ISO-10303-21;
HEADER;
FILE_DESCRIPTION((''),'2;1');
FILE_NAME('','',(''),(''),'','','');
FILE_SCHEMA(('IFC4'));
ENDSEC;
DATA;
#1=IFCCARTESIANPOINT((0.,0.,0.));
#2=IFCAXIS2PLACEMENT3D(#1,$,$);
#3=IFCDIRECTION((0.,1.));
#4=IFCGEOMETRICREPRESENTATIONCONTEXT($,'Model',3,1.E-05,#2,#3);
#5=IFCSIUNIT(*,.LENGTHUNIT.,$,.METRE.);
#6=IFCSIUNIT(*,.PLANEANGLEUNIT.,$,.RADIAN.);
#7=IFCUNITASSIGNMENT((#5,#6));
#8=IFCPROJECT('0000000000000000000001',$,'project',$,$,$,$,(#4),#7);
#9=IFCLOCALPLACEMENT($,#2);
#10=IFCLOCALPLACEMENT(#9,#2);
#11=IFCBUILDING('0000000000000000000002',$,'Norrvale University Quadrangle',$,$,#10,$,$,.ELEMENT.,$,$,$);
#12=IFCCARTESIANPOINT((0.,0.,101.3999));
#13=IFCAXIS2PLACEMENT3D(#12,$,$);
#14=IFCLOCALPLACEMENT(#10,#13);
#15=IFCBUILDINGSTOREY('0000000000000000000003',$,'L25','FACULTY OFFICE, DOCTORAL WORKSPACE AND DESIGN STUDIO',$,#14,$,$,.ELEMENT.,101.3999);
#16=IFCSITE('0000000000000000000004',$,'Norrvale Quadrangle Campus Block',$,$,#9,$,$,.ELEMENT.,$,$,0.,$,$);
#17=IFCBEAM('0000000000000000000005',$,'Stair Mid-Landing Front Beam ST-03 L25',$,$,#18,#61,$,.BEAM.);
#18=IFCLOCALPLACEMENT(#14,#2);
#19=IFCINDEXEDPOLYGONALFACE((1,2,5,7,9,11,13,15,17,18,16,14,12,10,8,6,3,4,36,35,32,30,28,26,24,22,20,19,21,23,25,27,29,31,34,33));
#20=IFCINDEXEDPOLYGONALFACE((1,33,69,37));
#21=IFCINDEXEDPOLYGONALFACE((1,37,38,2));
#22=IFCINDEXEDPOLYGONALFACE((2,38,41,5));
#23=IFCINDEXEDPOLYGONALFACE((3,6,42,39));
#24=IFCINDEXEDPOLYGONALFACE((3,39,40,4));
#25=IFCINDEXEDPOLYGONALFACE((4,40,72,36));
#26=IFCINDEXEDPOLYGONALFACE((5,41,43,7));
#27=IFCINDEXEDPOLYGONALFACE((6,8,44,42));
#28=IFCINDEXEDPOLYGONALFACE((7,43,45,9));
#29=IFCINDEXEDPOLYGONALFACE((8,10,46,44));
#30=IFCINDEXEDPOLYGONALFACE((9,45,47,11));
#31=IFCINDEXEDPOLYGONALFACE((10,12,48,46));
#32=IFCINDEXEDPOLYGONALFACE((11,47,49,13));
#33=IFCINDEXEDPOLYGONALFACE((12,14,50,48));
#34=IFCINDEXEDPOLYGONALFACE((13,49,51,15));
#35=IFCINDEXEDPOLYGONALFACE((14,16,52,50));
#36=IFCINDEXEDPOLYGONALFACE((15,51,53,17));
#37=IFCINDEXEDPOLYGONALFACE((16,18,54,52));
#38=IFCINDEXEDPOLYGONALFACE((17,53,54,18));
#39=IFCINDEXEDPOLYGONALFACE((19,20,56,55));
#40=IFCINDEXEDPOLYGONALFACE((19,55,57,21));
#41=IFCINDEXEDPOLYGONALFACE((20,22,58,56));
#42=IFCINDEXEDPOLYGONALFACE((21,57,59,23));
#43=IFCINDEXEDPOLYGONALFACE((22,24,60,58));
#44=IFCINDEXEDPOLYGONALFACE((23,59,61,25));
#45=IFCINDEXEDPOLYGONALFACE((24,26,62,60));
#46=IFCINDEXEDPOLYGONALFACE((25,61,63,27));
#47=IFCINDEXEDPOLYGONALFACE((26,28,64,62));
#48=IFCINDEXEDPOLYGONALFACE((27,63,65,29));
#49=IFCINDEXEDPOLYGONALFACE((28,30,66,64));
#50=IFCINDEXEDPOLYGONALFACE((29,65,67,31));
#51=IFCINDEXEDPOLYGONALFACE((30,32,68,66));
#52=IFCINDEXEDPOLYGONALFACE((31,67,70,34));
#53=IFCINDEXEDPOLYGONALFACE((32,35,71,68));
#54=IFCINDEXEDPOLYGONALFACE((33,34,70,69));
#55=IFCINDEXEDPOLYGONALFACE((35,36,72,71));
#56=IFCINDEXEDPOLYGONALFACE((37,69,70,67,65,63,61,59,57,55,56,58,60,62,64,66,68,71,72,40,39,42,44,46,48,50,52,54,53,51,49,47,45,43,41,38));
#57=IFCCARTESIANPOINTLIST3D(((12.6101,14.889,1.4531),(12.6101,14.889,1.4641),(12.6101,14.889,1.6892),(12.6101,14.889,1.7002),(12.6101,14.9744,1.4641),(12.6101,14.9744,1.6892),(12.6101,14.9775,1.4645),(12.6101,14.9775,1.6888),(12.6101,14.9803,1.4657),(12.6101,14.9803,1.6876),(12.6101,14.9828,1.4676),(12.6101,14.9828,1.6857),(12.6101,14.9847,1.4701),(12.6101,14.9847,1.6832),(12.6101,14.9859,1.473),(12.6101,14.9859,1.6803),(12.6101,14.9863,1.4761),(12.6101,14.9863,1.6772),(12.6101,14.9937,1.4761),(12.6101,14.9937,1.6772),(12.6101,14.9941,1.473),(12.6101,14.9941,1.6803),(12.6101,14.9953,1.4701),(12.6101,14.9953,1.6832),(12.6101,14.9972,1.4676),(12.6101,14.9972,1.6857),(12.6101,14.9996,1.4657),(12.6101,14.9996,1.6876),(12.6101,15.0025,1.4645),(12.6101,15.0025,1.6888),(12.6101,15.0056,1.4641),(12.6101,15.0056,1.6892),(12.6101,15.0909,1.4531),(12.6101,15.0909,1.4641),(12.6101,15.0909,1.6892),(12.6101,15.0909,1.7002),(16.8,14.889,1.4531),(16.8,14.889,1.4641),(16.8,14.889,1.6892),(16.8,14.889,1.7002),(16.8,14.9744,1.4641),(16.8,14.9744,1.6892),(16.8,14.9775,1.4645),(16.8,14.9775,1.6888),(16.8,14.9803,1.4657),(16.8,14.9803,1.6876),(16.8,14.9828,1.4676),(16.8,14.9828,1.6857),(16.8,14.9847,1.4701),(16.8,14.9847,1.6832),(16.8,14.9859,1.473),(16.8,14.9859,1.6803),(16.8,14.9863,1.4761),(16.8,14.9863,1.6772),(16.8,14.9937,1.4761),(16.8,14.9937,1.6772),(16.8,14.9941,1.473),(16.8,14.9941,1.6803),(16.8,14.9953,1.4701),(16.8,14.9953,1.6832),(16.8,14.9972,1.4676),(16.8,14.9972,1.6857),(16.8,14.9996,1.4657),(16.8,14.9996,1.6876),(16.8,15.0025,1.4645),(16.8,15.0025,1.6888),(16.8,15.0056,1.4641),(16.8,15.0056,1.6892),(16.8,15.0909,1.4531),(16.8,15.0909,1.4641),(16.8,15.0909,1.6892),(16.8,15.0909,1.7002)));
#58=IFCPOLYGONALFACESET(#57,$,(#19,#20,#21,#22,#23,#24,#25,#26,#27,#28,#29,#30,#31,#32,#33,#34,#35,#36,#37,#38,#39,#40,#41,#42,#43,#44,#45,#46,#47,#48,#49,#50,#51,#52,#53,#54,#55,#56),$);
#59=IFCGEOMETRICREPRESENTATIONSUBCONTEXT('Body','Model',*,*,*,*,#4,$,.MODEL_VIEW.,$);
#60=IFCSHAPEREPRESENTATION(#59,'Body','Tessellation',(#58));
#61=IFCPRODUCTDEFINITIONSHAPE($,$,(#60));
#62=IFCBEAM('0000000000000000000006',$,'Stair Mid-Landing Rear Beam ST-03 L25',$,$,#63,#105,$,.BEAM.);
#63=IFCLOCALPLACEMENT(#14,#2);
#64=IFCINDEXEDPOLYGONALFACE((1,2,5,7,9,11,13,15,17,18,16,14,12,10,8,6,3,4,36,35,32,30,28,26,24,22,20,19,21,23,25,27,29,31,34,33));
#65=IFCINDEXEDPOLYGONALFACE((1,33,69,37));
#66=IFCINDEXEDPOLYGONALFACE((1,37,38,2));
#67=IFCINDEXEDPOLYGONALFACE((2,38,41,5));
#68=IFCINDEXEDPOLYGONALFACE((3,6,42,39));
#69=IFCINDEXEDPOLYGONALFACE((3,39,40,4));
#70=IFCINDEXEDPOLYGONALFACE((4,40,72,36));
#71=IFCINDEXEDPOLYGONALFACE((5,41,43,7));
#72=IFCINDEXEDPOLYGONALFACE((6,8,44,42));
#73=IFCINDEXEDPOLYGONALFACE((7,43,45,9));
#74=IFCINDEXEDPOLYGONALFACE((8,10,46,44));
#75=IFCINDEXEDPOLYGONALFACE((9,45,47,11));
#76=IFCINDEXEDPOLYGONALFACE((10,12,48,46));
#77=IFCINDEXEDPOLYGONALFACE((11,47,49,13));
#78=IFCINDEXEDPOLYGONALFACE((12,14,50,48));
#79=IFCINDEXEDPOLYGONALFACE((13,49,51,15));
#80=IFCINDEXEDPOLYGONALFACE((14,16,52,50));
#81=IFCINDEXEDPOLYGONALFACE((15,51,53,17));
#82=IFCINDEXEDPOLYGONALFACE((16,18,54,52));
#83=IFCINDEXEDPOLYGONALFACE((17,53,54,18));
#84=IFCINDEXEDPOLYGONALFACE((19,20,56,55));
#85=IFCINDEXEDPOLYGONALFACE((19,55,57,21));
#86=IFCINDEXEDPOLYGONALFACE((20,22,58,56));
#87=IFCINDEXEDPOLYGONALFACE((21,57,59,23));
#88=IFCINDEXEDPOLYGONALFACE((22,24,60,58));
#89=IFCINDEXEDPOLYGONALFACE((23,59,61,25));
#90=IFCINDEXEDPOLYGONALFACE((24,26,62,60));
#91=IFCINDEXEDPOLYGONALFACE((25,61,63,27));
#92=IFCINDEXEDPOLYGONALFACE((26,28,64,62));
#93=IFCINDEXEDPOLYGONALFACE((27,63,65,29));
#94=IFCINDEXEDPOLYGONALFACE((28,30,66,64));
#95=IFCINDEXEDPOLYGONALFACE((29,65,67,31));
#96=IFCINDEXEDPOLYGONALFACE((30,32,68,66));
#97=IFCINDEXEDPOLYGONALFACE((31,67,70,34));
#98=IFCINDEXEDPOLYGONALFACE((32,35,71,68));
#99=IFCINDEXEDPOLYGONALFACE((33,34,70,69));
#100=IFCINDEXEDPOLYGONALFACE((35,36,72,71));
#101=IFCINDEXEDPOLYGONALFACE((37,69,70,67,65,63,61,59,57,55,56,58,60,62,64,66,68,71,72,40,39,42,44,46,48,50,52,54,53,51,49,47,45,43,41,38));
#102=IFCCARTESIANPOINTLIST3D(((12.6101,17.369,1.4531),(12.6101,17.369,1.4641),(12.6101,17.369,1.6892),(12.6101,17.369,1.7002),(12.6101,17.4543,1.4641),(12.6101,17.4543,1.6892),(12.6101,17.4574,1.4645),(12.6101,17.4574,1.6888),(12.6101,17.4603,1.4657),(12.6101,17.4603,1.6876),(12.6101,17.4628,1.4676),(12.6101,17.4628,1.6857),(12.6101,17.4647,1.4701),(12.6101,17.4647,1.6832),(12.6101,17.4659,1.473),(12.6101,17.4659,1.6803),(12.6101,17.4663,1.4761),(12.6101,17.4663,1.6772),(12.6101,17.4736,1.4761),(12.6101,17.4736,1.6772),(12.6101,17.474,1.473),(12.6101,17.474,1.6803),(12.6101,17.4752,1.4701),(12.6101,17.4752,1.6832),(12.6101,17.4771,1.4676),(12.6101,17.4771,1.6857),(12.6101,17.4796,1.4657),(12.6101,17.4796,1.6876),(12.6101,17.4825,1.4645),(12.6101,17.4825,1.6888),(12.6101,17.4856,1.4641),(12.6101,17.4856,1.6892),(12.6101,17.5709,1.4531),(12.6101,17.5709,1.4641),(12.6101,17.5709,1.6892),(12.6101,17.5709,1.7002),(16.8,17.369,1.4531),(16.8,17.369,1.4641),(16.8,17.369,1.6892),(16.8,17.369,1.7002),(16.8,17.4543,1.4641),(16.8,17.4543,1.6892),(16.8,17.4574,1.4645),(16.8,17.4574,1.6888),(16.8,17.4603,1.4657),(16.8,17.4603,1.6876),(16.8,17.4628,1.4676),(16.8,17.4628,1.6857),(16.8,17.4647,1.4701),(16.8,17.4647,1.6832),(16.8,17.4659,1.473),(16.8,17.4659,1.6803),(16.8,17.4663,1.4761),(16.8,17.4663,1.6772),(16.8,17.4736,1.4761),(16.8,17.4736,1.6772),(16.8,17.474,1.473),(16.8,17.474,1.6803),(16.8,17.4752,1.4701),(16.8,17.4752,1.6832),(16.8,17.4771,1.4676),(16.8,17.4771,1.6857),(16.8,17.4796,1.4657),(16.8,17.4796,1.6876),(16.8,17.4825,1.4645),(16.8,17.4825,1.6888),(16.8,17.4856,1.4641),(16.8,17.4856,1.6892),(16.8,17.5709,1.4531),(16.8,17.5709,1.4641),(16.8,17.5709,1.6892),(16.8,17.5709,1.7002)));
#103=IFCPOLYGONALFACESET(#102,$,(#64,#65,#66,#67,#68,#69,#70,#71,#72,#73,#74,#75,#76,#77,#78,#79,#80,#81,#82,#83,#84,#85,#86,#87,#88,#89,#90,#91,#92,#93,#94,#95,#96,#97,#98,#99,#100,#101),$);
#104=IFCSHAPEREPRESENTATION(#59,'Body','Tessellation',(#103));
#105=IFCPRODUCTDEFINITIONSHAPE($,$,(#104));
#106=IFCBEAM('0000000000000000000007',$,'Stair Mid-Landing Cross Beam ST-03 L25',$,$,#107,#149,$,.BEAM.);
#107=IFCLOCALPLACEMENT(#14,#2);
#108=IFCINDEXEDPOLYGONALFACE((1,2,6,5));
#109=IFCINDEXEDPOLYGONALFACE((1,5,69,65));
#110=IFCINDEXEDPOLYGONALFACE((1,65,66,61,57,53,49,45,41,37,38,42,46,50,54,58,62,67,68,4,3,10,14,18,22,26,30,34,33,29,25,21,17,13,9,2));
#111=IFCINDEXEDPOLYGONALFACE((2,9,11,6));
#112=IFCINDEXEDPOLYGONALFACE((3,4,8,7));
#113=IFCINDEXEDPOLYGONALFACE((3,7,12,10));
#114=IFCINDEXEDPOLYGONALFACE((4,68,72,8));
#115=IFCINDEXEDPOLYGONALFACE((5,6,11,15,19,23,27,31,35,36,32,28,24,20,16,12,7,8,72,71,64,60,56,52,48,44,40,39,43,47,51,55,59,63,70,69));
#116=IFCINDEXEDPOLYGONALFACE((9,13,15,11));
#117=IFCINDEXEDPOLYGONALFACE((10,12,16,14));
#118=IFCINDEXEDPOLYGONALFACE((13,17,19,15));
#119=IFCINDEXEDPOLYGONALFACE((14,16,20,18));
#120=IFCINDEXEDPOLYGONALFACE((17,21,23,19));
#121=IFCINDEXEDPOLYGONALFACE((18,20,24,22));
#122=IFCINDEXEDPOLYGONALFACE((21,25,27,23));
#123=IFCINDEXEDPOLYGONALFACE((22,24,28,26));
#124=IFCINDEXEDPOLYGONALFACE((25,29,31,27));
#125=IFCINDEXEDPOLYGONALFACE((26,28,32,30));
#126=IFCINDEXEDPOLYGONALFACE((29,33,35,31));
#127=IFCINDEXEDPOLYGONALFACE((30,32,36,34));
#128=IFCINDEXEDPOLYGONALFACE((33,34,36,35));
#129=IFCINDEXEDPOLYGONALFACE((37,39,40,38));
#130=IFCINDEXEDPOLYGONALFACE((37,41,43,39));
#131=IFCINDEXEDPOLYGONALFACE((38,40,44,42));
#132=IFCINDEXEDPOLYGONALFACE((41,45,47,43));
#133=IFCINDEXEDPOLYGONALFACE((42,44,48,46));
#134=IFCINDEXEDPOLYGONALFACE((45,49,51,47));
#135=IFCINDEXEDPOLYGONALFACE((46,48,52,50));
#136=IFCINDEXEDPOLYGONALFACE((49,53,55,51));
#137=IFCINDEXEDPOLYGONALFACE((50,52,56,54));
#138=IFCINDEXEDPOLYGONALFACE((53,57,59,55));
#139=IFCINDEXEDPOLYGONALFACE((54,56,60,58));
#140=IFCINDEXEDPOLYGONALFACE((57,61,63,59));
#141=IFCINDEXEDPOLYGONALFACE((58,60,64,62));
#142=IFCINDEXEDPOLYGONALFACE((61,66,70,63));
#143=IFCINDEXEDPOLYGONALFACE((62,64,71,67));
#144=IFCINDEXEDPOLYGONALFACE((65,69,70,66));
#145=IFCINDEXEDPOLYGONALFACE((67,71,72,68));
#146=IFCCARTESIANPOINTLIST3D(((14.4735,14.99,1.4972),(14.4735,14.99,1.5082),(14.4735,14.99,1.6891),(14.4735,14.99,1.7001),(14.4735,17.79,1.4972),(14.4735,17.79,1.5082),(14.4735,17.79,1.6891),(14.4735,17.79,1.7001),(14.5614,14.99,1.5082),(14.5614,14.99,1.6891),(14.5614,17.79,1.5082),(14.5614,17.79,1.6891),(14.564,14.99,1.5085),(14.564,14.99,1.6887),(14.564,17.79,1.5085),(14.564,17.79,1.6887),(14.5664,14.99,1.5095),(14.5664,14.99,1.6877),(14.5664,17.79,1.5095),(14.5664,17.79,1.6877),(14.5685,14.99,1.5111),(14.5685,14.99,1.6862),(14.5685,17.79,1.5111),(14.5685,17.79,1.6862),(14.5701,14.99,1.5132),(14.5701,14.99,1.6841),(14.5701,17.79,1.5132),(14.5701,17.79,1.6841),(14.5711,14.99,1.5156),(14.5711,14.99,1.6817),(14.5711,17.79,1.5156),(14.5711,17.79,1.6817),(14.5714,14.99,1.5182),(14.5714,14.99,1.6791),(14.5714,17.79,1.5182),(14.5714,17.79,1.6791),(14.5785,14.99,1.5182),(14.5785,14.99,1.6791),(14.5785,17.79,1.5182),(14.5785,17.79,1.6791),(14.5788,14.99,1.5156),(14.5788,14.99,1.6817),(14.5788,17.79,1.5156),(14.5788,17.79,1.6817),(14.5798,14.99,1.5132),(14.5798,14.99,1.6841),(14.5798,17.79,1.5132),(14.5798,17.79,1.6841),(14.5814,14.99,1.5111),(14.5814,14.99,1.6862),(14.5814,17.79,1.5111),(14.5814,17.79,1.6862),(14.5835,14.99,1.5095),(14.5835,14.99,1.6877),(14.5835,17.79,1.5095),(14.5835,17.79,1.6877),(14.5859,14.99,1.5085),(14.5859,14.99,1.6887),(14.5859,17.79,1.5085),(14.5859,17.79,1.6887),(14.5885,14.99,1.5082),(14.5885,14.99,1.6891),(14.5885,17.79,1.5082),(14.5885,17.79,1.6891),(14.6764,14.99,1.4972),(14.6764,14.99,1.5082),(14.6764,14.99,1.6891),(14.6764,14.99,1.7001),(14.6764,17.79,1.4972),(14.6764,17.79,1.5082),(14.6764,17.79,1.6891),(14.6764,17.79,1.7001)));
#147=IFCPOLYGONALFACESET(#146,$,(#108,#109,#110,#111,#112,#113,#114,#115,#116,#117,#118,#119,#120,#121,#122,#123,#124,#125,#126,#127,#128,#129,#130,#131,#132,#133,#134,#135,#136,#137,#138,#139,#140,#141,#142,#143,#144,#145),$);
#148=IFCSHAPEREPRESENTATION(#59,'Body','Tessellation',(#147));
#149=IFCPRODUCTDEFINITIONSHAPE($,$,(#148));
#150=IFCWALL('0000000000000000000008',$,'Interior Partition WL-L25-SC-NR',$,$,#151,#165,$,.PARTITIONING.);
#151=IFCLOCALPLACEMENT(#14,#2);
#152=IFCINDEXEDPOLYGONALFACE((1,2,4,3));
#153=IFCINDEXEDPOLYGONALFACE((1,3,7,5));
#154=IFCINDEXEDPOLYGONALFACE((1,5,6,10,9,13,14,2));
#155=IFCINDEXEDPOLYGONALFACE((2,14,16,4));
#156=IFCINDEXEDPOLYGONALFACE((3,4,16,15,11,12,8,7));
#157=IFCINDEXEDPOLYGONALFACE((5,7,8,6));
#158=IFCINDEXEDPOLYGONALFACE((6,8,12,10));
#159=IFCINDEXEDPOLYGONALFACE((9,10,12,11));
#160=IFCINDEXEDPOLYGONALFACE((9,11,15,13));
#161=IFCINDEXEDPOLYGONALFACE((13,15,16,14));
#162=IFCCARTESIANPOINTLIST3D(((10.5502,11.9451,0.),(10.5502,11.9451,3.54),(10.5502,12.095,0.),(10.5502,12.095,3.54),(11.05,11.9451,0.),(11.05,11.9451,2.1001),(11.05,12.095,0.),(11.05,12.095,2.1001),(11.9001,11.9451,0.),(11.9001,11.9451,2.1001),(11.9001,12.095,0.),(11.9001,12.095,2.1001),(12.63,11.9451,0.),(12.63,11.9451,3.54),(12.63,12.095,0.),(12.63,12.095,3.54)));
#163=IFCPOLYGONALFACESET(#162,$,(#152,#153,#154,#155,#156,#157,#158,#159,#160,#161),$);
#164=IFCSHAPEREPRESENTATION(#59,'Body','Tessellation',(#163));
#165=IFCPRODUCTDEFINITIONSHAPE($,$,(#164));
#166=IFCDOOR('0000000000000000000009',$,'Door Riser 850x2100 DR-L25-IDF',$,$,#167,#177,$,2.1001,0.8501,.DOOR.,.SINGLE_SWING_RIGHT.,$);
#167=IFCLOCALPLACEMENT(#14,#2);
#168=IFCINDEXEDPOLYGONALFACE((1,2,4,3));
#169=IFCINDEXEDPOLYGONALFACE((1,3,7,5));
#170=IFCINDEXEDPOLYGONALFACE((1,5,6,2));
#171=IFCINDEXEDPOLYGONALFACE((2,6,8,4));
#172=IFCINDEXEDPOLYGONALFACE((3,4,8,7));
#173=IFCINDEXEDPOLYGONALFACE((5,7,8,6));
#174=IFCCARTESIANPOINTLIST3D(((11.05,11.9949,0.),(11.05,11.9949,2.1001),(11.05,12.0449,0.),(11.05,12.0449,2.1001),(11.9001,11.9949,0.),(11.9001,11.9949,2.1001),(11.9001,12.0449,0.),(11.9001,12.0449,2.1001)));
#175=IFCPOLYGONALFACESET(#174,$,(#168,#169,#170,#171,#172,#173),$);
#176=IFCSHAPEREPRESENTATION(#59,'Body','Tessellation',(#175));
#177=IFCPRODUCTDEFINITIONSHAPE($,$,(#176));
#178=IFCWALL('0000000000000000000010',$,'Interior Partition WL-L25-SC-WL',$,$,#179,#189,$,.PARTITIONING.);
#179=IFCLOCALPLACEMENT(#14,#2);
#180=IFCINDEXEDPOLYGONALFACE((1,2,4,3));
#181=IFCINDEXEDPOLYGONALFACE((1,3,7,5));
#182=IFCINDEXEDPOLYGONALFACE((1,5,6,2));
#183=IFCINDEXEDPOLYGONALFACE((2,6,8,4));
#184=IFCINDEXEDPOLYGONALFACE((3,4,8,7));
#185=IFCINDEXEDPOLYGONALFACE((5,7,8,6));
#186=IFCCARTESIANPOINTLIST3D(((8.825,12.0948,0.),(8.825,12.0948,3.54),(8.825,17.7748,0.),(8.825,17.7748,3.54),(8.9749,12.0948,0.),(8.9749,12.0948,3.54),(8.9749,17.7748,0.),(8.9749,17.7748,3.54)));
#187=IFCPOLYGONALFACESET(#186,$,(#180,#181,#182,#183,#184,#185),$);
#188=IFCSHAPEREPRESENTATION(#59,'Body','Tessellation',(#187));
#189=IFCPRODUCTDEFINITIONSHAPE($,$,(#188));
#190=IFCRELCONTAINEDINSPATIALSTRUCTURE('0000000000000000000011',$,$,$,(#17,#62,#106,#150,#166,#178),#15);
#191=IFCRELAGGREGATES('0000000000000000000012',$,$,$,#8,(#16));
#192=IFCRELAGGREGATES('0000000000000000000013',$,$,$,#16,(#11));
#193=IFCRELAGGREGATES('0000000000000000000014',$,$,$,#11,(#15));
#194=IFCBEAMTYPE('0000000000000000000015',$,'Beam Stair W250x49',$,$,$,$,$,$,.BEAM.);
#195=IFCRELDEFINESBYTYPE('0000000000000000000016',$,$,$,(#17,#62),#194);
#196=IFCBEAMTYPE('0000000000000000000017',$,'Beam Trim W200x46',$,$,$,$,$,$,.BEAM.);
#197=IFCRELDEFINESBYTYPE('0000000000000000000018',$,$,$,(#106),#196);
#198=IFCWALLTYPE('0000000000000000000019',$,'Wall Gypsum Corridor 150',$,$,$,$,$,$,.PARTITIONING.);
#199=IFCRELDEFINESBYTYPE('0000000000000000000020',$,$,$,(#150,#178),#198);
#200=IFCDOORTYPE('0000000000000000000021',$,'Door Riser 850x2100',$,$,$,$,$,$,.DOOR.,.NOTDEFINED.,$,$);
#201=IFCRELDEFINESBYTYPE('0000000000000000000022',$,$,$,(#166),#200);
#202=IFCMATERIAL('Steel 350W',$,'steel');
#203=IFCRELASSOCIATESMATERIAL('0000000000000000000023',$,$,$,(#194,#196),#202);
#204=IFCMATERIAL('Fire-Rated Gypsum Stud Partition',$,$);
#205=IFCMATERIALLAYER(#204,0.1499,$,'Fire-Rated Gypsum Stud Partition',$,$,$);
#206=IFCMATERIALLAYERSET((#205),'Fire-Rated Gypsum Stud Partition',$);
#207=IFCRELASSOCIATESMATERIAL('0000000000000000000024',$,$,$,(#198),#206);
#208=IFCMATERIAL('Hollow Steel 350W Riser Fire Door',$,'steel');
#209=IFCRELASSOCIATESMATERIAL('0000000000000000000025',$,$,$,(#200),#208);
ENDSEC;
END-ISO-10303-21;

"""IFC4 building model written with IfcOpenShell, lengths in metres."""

from ifc_helpers import new_model, si_unit, direction, frame, frame_2d, origin, origin_2d, place, context, subcontext, project, spatial, rectangle, i_section, extrude, material, layer, layer_set, material_profile, profile_set, type_object, element, fill, save


model = new_model("IFC4")

# Units and contexts
model_context = context("Model", 3, precision=1e-05, world=origin(), true_north=direction((0.0, 1.0)))
body_context = subcontext(model_context, "Body", "Model", "MODEL_VIEW")
ifc_project = project(units=[si_unit("LENGTHUNIT", "METRE"), si_unit("PLANEANGLEUNIT", "RADIAN")], contexts=[model_context])

# Site, building, storey
site_placement = place(None, origin())
site = spatial("IfcSite", under=ifc_project, at=site_placement, Name="Norrvale Quadrangle Campus Block", CompositionType="ELEMENT", RefElevation=0.0)
building_placement = place(site_placement, origin())
building = spatial("IfcBuilding", under=site, at=building_placement, Name="Norrvale University Quadrangle", CompositionType="ELEMENT")
storey_placement = place(building_placement, frame((0.0, 0.0, 101.3999)))
storey = spatial("IfcBuildingStorey", under=building, at=storey_placement, Name="L25", Description="FACULTY OFFICE, DOCTORAL WORKSPACE AND DESIGN STUDIO", CompositionType="ELEMENT", Elevation=101.3999)

# Beams
ifc_material_1 = material(Name="Steel 350W", Category="steel")
ifc_material_profile_1 = material_profile(ifc_material_1, i_section(OverallWidth=0.2019, OverallDepth=0.2471, WebThickness=0.0073, FlangeThickness=0.011, FilletRadius=0.012, at=origin_2d()), Name="Steel 350W")
ifc_profile_set_1 = profile_set([ifc_material_profile_1], Name="Steel 350W")
beam_type_1 = type_object("IfcBeamType", Name="Beam Stair W250x49", PredefinedType="BEAM", material=ifc_profile_set_1)
for number, where, z_axis, x_axis, name in (
    (1, (12.6101, 14.99, 1.5767), (1.0, 0.0, 0.0), (0.0, 1.0, 0.0), "Stair Mid-Landing Front Beam ST-03 L25"),
    (2, (12.6101, 17.47, 1.5767), (1.0, 0.0, 0.0), (0.0, 1.0, 0.0), "Stair Mid-Landing Rear Beam ST-03 L25"),
):
    element("IfcBeam", number, at=place(storey_placement, frame(where, z_axis=z_axis, x_axis=x_axis)), inside=storey, type_object=beam_type_1, Name=name, PredefinedType="BEAM", context=body_context, shape_type="SweptSolid", body=[
        extrude(i_section(OverallWidth=0.2019, OverallDepth=0.2471, WebThickness=0.0073, FlangeThickness=0.011, FilletRadius=0.012, at=origin_2d()), origin(), (0.0, 0.0, 1.0), 4.1899),
    ])
ifc_material_profile_2 = material_profile(ifc_material_1, i_section(OverallWidth=0.2029, OverallDepth=0.2029, WebThickness=0.0071, FlangeThickness=0.011, FilletRadius=0.01, at=origin_2d()), Name="Steel 350W")
ifc_profile_set_2 = profile_set([ifc_material_profile_2], Name="Steel 350W")
beam_type_2 = type_object("IfcBeamType", Name="Beam Trim W200x46", PredefinedType="BEAM", material=ifc_profile_set_2)
beam_placement = place(storey_placement, frame((14.575, 14.99, 1.5986), z_axis=(0.0, 1.0, 0.0), x_axis=(-1.0, 0.0, 0.0)))
element("IfcBeam", 3, at=beam_placement, inside=storey, type_object=beam_type_2, Name="Stair Mid-Landing Cross Beam ST-03 L25", PredefinedType="BEAM", context=body_context, shape_type="SweptSolid", body=[
    extrude(i_section(OverallWidth=0.2029, OverallDepth=0.2029, WebThickness=0.0071, FlangeThickness=0.011, FilletRadius=0.01, at=origin_2d()), origin(), (0.0, 0.0, 1.0), 2.8),
])

# Wall, opening, door
ifc_material_2 = material(Name="Fire-Rated Gypsum Stud Partition")
ifc_layer_1 = layer(ifc_material_2, 0.1499, Name="Fire-Rated Gypsum Stud Partition")
ifc_layer_set_1 = layer_set([ifc_layer_1], Name="Fire-Rated Gypsum Stud Partition")
wall_type_1 = type_object("IfcWallType", Name="Wall Gypsum Corridor 150", PredefinedType="PARTITIONING", material=ifc_layer_set_1)
wall_1_placement = place(storey_placement, frame((10.55, 12.02, 0.0), z_axis=(0.0, 0.0, 1.0), x_axis=(1.0, 0.0, 0.0)))
wall_1 = element("IfcWall", 4, at=wall_1_placement, inside=storey, type_object=wall_type_1, Name="Interior Partition WL-L25-SC-NR", PredefinedType="PARTITIONING", context=body_context, shape_type="SweptSolid", body=[
    extrude(rectangle(XDim=2.0798, YDim=0.1499, at=frame_2d((1.04, 0.0))), origin(), (0.0, 0.0, 1.0), 3.54),
])
opening_1_placement = place(wall_1_placement, frame((0.5, 0.0, 0.0)))
opening_1 = element("IfcOpeningElement", 5, at=opening_1_placement, cuts=wall_1, PredefinedType="OPENING", context=body_context, shape_type="SweptSolid", body=[
    extrude(rectangle(XDim=0.8501, YDim=2.1001, at=frame_2d((0.425, 1.05))), frame((0.0, 0.0869, 0.0), z_axis=(0.0, -1.0, 0.0), x_axis=(1.0, 0.0, 0.0)), (0.0, 0.0, 1.0), 0.1738),
])
ifc_material_3 = material(Name="Hollow Steel 350W Riser Fire Door", Category="steel")
door_type_1 = type_object("IfcDoorType", Name="Door Riser 850x2100", OperationType="NOTDEFINED", PredefinedType="DOOR", material=ifc_material_3)
door_1_placement = place(opening_1_placement, origin())
door_1 = element("IfcDoor", 6, at=door_1_placement, inside=storey, type_object=door_type_1, Name="Door Riser 850x2100 DR-L25-IDF", OperationType="SINGLE_SWING_RIGHT", OverallHeight=2.1001, OverallWidth=0.8501, PredefinedType="DOOR", context=body_context, shape_type="SweptSolid", body=[
    extrude(rectangle(XDim=0.8501, YDim=2.1001, at=frame_2d((0.425, 1.05))), frame((0.0, 0.0249, 0.0), z_axis=(0.0, -1.0, 0.0), x_axis=(1.0, 0.0, 0.0)), (0.0, 0.0, 1.0), 0.05),
])
fill(opening_1, door_1)

# Wall
for number, where, z_axis, x_axis, name in (
    (7, (8.8999, 12.095, 0.0), (0.0, 0.0, 1.0), (0.0, 1.0, 0.0), "Interior Partition WL-L25-SC-WL"),
):
    element("IfcWall", number, at=place(storey_placement, frame(where, z_axis=z_axis, x_axis=x_axis)), inside=storey, type_object=wall_type_1, Name=name, PredefinedType="PARTITIONING", context=body_context, shape_type="SweptSolid", body=[
        extrude(rectangle(XDim=5.6799, YDim=0.1499, at=frame_2d((2.8398, 0.0))), origin(), (0.0, 0.0, 1.0), 3.54),
    ])

save(model, "model.ifc")
